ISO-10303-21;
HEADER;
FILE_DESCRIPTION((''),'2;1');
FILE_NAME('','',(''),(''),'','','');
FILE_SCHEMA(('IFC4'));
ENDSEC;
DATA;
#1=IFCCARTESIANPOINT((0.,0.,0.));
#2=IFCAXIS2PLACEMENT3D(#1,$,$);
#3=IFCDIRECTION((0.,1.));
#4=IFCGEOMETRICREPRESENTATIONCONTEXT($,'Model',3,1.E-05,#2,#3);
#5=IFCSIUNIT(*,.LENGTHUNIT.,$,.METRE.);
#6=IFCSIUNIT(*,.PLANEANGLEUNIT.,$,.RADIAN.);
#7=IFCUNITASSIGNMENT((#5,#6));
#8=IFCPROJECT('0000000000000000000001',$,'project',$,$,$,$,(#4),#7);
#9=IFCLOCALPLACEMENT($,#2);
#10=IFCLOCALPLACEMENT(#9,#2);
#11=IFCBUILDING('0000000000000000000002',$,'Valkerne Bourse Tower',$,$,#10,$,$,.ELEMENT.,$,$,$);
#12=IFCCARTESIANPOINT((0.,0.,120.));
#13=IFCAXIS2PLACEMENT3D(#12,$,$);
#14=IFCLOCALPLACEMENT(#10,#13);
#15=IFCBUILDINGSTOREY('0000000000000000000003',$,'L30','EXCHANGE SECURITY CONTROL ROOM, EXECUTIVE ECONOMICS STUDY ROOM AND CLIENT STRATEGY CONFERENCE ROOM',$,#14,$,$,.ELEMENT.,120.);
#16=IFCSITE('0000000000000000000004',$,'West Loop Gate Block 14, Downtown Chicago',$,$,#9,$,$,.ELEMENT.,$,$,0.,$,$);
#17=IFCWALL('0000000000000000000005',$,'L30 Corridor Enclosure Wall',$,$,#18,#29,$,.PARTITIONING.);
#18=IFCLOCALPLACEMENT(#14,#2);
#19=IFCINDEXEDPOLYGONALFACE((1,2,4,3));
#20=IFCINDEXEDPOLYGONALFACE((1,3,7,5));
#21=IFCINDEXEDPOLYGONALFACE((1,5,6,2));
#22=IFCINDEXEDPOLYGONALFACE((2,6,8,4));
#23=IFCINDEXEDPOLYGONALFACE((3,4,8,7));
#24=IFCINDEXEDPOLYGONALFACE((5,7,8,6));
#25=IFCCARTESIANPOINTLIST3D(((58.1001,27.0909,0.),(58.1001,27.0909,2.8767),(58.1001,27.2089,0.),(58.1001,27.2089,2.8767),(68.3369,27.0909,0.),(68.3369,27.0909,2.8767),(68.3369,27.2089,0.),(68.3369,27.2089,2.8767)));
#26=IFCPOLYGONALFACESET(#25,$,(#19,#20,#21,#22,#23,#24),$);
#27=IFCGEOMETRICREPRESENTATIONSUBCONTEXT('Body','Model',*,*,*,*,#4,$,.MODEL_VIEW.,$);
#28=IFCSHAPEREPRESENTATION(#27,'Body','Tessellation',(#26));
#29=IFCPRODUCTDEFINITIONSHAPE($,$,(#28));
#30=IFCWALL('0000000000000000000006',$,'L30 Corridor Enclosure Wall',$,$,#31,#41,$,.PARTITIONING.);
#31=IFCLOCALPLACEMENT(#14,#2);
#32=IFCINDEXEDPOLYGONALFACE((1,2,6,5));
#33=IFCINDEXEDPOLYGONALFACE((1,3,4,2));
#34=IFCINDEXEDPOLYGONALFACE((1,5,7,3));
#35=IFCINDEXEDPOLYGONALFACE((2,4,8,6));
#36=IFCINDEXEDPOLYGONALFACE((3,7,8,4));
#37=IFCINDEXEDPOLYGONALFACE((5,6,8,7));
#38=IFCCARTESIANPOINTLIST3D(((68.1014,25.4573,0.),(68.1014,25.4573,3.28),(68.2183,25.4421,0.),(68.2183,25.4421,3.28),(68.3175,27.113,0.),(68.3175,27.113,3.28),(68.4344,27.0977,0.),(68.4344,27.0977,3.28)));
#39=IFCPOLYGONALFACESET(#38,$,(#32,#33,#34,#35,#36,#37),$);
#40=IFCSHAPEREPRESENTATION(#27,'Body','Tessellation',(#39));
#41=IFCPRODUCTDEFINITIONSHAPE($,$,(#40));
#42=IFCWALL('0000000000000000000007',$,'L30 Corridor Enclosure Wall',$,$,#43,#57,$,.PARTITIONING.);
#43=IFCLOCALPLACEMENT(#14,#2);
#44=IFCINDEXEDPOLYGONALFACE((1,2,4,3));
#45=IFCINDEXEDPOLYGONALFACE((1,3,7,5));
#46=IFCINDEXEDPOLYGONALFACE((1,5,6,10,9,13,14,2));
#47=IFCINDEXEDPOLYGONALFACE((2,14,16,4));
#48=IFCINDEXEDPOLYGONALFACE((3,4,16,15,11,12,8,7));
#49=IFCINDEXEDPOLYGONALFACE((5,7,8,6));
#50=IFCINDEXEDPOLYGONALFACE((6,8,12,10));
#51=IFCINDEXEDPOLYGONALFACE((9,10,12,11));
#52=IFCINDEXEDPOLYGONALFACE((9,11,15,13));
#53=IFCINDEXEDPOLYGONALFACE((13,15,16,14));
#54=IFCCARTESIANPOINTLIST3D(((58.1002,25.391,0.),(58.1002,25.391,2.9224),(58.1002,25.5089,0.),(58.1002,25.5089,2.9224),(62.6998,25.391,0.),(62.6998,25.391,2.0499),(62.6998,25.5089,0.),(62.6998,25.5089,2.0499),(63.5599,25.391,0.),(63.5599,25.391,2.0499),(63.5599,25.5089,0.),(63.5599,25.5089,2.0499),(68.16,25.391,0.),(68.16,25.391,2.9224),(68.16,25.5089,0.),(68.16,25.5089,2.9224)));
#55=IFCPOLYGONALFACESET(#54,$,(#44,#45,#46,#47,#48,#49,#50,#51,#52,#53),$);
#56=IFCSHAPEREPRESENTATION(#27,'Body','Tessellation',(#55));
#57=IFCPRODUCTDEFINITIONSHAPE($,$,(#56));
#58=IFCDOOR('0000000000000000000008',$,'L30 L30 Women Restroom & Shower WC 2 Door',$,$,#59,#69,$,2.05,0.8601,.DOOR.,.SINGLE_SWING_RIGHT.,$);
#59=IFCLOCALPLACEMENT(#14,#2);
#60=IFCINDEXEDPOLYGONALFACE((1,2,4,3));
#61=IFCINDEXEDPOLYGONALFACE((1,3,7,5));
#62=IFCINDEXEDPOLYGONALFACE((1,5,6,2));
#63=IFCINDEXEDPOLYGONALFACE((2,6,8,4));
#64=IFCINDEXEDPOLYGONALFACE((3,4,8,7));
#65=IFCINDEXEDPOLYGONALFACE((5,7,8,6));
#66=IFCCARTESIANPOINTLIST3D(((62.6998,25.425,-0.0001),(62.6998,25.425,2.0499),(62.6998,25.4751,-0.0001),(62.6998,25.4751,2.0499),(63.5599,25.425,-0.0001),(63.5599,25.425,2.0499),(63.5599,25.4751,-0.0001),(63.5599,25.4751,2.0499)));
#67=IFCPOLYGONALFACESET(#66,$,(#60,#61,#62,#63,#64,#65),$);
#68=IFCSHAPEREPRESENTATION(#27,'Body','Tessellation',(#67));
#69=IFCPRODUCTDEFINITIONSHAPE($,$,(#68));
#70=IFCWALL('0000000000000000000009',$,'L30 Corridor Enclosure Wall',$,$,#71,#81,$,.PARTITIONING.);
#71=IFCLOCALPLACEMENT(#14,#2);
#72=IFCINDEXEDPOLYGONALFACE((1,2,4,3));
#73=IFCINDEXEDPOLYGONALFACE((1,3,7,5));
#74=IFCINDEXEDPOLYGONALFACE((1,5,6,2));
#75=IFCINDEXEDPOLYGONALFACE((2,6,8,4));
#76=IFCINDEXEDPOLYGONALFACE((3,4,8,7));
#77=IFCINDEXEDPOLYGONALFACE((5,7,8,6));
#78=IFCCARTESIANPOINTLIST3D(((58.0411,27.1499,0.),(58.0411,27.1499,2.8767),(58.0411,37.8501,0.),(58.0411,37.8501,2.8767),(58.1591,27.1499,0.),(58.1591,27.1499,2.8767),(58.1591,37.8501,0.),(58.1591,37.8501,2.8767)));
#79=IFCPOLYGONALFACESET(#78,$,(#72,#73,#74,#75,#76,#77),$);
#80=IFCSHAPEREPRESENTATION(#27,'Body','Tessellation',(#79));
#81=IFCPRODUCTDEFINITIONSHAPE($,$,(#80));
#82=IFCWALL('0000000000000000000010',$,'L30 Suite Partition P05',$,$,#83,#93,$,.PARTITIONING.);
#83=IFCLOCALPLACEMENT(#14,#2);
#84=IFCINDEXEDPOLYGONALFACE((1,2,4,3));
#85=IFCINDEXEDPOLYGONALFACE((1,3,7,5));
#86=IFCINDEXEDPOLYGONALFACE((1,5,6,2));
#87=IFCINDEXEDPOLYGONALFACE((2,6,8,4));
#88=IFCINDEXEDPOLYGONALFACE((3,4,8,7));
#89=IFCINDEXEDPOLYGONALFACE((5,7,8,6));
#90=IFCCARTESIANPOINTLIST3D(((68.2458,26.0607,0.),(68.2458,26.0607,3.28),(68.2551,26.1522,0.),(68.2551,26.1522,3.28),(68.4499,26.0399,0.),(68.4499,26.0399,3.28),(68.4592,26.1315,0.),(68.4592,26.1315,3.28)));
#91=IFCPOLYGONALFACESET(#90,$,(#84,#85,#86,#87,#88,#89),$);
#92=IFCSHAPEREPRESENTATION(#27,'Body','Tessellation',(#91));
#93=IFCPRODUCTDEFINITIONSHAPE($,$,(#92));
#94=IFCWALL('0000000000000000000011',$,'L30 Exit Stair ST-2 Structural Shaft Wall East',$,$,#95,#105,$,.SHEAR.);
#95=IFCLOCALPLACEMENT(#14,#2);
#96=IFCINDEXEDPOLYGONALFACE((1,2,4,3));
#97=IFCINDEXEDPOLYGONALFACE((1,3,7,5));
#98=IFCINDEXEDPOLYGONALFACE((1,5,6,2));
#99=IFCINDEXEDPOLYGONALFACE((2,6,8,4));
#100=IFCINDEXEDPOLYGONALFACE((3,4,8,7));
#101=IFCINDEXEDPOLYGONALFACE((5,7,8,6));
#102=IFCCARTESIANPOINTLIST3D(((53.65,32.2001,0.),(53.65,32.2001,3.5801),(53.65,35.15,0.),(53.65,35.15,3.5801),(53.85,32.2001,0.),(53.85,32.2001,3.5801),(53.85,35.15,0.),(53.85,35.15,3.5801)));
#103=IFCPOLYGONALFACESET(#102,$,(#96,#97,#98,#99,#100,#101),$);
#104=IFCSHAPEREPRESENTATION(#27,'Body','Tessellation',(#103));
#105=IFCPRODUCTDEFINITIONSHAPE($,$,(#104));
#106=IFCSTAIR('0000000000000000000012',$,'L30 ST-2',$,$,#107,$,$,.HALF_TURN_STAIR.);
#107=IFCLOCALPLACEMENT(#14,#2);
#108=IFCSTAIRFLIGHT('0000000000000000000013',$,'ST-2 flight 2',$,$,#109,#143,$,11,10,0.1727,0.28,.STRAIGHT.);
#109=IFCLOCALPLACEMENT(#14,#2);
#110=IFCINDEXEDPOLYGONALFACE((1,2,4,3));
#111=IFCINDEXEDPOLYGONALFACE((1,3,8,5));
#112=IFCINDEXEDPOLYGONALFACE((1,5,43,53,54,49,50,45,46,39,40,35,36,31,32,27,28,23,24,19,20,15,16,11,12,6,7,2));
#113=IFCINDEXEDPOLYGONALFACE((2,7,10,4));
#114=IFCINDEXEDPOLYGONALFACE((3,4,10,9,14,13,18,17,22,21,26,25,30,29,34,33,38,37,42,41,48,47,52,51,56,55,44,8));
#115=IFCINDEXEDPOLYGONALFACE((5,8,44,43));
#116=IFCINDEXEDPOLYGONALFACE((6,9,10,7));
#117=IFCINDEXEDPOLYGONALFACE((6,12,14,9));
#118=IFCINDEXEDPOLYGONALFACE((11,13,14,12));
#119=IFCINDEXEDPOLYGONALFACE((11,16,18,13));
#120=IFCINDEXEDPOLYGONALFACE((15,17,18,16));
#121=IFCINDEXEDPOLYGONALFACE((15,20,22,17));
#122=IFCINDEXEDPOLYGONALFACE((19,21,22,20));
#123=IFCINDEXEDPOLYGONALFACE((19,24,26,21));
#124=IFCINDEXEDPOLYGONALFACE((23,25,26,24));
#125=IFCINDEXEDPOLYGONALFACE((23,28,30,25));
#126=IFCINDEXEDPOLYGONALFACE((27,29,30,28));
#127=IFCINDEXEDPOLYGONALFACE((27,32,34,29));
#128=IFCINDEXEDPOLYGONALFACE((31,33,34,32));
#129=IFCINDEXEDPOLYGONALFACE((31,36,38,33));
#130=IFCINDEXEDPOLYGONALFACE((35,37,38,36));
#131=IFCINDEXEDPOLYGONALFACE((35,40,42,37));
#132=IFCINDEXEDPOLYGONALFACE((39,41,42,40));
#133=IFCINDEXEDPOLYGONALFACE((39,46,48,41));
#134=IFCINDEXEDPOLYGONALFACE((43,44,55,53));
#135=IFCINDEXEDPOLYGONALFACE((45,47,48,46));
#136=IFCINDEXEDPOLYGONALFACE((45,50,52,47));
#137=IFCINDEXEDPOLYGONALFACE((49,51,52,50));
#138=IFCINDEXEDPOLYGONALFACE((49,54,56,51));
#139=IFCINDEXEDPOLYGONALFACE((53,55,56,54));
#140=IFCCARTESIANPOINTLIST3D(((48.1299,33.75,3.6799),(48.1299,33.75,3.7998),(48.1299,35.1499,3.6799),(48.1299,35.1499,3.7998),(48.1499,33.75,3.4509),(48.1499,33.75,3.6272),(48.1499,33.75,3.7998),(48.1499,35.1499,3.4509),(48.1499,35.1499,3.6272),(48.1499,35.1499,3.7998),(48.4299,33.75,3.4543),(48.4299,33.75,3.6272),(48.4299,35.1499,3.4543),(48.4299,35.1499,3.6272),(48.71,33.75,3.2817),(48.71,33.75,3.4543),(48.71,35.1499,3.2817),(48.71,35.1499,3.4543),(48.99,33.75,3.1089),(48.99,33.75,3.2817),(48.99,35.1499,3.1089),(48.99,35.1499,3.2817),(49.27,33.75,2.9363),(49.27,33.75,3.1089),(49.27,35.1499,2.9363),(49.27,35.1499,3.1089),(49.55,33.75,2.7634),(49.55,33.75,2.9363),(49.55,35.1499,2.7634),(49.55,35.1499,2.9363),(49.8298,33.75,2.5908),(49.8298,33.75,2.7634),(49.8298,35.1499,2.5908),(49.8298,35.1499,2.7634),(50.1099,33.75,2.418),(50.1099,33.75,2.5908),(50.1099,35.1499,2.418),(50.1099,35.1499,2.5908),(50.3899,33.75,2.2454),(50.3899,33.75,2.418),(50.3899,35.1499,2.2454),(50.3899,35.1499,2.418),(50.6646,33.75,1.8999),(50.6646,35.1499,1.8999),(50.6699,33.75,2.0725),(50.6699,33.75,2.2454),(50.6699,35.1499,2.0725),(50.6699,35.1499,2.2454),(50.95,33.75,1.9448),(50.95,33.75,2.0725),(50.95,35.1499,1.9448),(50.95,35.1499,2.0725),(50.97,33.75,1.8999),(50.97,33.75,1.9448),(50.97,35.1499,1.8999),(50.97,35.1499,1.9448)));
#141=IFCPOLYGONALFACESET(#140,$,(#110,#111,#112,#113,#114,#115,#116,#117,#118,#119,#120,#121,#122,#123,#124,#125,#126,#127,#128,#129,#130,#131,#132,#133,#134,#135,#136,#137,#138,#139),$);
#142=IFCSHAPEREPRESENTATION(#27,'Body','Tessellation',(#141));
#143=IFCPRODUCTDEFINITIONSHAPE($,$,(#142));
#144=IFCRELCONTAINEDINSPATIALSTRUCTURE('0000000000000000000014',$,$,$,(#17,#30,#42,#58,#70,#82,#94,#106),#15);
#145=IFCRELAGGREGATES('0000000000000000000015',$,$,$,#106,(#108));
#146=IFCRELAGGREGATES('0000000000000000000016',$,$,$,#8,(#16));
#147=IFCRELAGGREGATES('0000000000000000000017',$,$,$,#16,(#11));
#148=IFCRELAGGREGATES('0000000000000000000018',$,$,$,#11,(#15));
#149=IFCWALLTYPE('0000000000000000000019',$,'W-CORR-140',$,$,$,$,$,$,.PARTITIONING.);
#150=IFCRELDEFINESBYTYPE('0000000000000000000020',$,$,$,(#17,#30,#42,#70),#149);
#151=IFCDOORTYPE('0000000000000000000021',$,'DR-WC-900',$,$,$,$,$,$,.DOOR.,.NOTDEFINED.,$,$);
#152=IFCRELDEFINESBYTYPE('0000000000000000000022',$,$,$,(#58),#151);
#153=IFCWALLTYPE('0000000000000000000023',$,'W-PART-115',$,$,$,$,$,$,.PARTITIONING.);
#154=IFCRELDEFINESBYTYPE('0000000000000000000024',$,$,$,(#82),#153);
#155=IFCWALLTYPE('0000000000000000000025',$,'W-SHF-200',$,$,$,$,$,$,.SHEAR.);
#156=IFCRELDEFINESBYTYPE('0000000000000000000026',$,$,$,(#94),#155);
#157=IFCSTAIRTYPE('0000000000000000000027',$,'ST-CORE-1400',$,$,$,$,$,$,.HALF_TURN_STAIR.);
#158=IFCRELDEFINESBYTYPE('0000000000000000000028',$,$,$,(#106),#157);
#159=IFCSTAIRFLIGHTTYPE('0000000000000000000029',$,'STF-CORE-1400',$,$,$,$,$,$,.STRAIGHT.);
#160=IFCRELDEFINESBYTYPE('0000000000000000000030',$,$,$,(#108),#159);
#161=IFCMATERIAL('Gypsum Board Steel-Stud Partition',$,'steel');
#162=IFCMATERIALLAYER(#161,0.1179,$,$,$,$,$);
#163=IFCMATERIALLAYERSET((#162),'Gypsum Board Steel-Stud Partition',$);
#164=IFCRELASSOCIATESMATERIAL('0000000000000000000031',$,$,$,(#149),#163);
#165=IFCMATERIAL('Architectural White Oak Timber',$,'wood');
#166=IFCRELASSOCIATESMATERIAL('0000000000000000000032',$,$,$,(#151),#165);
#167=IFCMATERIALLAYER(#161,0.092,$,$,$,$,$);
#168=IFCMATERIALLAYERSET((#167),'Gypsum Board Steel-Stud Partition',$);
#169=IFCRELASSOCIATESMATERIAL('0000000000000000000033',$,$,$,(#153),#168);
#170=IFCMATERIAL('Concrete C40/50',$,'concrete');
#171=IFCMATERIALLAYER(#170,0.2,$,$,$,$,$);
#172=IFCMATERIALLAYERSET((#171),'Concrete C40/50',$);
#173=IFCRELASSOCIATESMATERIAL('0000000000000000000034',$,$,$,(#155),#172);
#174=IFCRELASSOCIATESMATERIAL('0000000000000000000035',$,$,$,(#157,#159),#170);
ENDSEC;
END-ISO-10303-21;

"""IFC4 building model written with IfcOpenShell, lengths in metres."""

from ifc_helpers import new_model, si_unit, direction, frame, frame_2d, origin, place, context, subcontext, project, spatial, polyline, rectangle, outline, extrude, material, layer, layer_set, type_object, element, fill, aggregate, save


model = new_model("IFC4")

# Units and contexts
model_context = context("Model", 3, precision=1e-05, world=origin(), true_north=direction((0.0, 1.0)))
body_context = subcontext(model_context, "Body", "Model", "MODEL_VIEW")
ifc_project = project(units=[si_unit("LENGTHUNIT", "METRE"), si_unit("PLANEANGLEUNIT", "RADIAN")], contexts=[model_context])

# Site, building, storey
site_placement = place(None, origin())
site = spatial("IfcSite", under=ifc_project, at=site_placement, Name="West Loop Gate Block 14, Downtown Chicago", CompositionType="ELEMENT", RefElevation=0.0)
building_placement = place(site_placement, origin())
building = spatial("IfcBuilding", under=site, at=building_placement, Name="Valkerne Bourse Tower", CompositionType="ELEMENT")
storey_placement = place(building_placement, frame((0.0, 0.0, 120.0)))
storey = spatial("IfcBuildingStorey", under=building, at=storey_placement, Name="L30", Description="EXCHANGE SECURITY CONTROL ROOM, EXECUTIVE ECONOMICS STUDY ROOM AND CLIENT STRATEGY CONFERENCE ROOM", CompositionType="ELEMENT", Elevation=120.0)

# Walls
ifc_material_1 = material(Name="Gypsum Board Steel-Stud Partition", Category="steel")
ifc_layer_1 = layer(ifc_material_1, 0.1179)
ifc_layer_set_1 = layer_set([ifc_layer_1], Name="Gypsum Board Steel-Stud Partition")
wall_type_1 = type_object("IfcWallType", Name="W-CORR-140", PredefinedType="PARTITIONING", material=ifc_layer_set_1)
wall_1_placement = place(storey_placement, frame((58.1001, 27.1499, 0.0), z_axis=(0.0, 0.0, 1.0), x_axis=(1.0, 0.0, 0.0)))
element("IfcWall", 1, at=wall_1_placement, inside=storey, type_object=wall_type_1, Name="L30 Corridor Enclosure Wall", PredefinedType="PARTITIONING", context=body_context, shape_type="SweptSolid", body=[
    extrude(rectangle(XDim=10.2368, YDim=0.1179, at=frame_2d((5.1184, 0.0))), origin(), (0.0, 0.0, 1.0), 2.8767),
])
wall_2_placement = place(storey_placement, frame((68.376, 27.1055, 0.0), z_axis=(0.0, 0.0, 1.0), x_axis=(-0.129414, -0.991591, 0.0)))
element("IfcWall", 2, at=wall_2_placement, inside=storey, type_object=wall_type_1, Name="L30 Corridor Enclosure Wall", PredefinedType="PARTITIONING", context=body_context, shape_type="SweptSolid", body=[
    extrude(rectangle(XDim=1.6697, YDim=0.1179, at=frame_2d((0.835, 0.0))), origin(), (0.0, 0.0, 1.0), 3.28),
])

# Wall, opening, door
wall_3_placement = place(storey_placement, frame((68.1599, 25.45, 0.0), z_axis=(0.0, 0.0, 1.0), x_axis=(-1.0, 0.0, 0.0)))
wall_3 = element("IfcWall", 3, at=wall_3_placement, inside=storey, type_object=wall_type_1, Name="L30 Corridor Enclosure Wall", PredefinedType="PARTITIONING", context=body_context, shape_type="SweptSolid", body=[
    extrude(rectangle(XDim=10.0598, YDim=0.1179, at=frame_2d((5.0298, 0.0))), origin(), (0.0, 0.0, 1.0), 2.9224),
])
opening_1_placement = place(wall_3_placement, frame((4.5999, 0.0, 0.0)))
opening_1 = element("IfcOpeningElement", 4, at=opening_1_placement, cuts=wall_3, PredefinedType="OPENING", context=body_context, shape_type="SweptSolid", body=[
    extrude(rectangle(XDim=0.8601, YDim=2.05, at=frame_2d((0.4302, 1.0249))), frame((0.0, 0.0688, 0.0), z_axis=(0.0, -1.0, 0.0), x_axis=(1.0, 0.0, 0.0)), (0.0, 0.0, 1.0), 0.1379),
])
ifc_material_2 = material(Name="Architectural White Oak Timber", Category="wood")
door_type_1 = type_object("IfcDoorType", Name="DR-WC-900", OperationType="NOTDEFINED", PredefinedType="DOOR", material=ifc_material_2)
door_1_placement = place(opening_1_placement, origin())
door_1 = element("IfcDoor", 5, at=door_1_placement, inside=storey, type_object=door_type_1, Name="L30 L30 Women Restroom & Shower WC 2 Door", OperationType="SINGLE_SWING_RIGHT", OverallHeight=2.05, OverallWidth=0.8601, PredefinedType="DOOR", context=body_context, shape_type="SweptSolid", body=[
    extrude(rectangle(XDim=0.8601, YDim=2.05, at=frame_2d((0.4302, 1.0249))), frame((0.0, 0.0249, 0.0), z_axis=(0.0, -1.0, 0.0), x_axis=(1.0, 0.0, 0.0)), (0.0, 0.0, 1.0), 0.05),
])
fill(opening_1, door_1)

# Wall
wall_4_placement = place(storey_placement, frame((58.1001, 37.8501, 0.0), z_axis=(0.0, 0.0, 1.0), x_axis=(0.0, -1.0, 0.0)))
element("IfcWall", 6, at=wall_4_placement, inside=storey, type_object=wall_type_1, Name="L30 Corridor Enclosure Wall", PredefinedType="PARTITIONING", context=body_context, shape_type="SweptSolid", body=[
    extrude(rectangle(XDim=10.7002, YDim=0.1179, at=frame_2d((5.3501, 0.0))), origin(), (0.0, 0.0, 1.0), 2.8767),
])

# Walls
ifc_layer_2 = layer(ifc_material_1, 0.092)
ifc_layer_set_2 = layer_set([ifc_layer_2], Name="Gypsum Board Steel-Stud Partition")
wall_type_2 = type_object("IfcWallType", Name="W-PART-115", PredefinedType="PARTITIONING", material=ifc_layer_set_2)
wall_5_placement = place(storey_placement, frame((68.2505, 26.1064, 0.0), z_axis=(0.0, 0.0, 1.0), x_axis=(0.994871, -0.101153, 0.0)))
element("IfcWall", 7, at=wall_5_placement, inside=storey, type_object=wall_type_2, Name="L30 Suite Partition P05", PredefinedType="PARTITIONING", context=body_context, shape_type="SweptSolid", body=[
    extrude(rectangle(XDim=0.2051, YDim=0.092, at=frame_2d((0.1025, 0.0))), origin(), (0.0, 0.0, 1.0), 3.28),
])
ifc_material_3 = material(Name="Concrete C40/50", Category="concrete")
ifc_layer_3 = layer(ifc_material_3, 0.2)
ifc_layer_set_3 = layer_set([ifc_layer_3], Name="Concrete C40/50")
wall_type_3 = type_object("IfcWallType", Name="W-SHF-200", PredefinedType="SHEAR", material=ifc_layer_set_3)
wall_6_placement = place(storey_placement, frame((53.75, 32.2, 0.0), z_axis=(0.0, 0.0, 1.0), x_axis=(0.0, 1.0, 0.0)))
element("IfcWall", 8, at=wall_6_placement, inside=storey, type_object=wall_type_3, Name="L30 Exit Stair ST-2 Structural Shaft Wall East", PredefinedType="SHEAR", context=body_context, shape_type="SweptSolid", body=[
    extrude(rectangle(XDim=2.95, YDim=0.2, at=frame_2d((1.4751, 0.0))), origin(), (0.0, 0.0, 1.0), 3.5801),
])

# Stair, stair flight
stair_type = type_object("IfcStairType", Name="ST-CORE-1400", PredefinedType="HALF_TURN_STAIR", material=ifc_material_3)
stair_placement = place(storey_placement, origin())
stair = element("IfcStair", 9, at=stair_placement, inside=storey, type_object=stair_type, Name="L30 ST-2", PredefinedType="HALF_TURN_STAIR")
stair_flight_type = type_object("IfcStairFlightType", Name="STF-CORE-1400", PredefinedType="STRAIGHT", material=ifc_material_3)
stair_flight_placement = place(storey_placement, frame((50.95, 34.45, 1.8999), z_axis=(0.0, 0.0, 1.0), x_axis=(-1.0, 0.0, 0.0)))
stair_flight = element("IfcStairFlight", 10, at=stair_flight_placement, type_object=stair_flight_type, Name="ST-2 flight 2", NumberOfRisers=11, NumberOfTreads=10, PredefinedType="STRAIGHT", RiserHeight=0.1727, TreadLength=0.28, context=body_context, shape_type="SweptSolid", body=[
    extrude(outline(polyline([(-0.02, 0.0), (-0.02, 0.0449), (0.0, 0.0449), (0.0, 0.1726), (0.28, 0.1726), (0.28, 0.3455), (0.5601, 0.3455), (0.5601, 0.5181), (0.8401, 0.5181), (0.8401, 0.6909), (1.1201, 0.6909), (1.1201, 0.8635), (1.3999, 0.8635), (1.3999, 1.0364), (1.6799, 1.0364), (1.6799, 1.209), (1.96, 1.209), (1.96, 1.3818), (2.24, 1.3818), (2.24, 1.5544), (2.52, 1.5544), (2.52, 1.7273), (2.8, 1.7273), (2.8, 1.8999), (2.8201, 1.8999), (2.8201, 1.78), (2.8, 1.551), (0.2854, 0.0), (-0.02, 0.0)])), frame((0.0, 0.7, 0.0), z_axis=(0.0, -1.0, 0.0), x_axis=(1.0, 0.0, 0.0)), (0.0, 0.0, 1.0), 1.3999),
])
aggregate(stair, [stair_flight])

save(model, "model.ifc")
